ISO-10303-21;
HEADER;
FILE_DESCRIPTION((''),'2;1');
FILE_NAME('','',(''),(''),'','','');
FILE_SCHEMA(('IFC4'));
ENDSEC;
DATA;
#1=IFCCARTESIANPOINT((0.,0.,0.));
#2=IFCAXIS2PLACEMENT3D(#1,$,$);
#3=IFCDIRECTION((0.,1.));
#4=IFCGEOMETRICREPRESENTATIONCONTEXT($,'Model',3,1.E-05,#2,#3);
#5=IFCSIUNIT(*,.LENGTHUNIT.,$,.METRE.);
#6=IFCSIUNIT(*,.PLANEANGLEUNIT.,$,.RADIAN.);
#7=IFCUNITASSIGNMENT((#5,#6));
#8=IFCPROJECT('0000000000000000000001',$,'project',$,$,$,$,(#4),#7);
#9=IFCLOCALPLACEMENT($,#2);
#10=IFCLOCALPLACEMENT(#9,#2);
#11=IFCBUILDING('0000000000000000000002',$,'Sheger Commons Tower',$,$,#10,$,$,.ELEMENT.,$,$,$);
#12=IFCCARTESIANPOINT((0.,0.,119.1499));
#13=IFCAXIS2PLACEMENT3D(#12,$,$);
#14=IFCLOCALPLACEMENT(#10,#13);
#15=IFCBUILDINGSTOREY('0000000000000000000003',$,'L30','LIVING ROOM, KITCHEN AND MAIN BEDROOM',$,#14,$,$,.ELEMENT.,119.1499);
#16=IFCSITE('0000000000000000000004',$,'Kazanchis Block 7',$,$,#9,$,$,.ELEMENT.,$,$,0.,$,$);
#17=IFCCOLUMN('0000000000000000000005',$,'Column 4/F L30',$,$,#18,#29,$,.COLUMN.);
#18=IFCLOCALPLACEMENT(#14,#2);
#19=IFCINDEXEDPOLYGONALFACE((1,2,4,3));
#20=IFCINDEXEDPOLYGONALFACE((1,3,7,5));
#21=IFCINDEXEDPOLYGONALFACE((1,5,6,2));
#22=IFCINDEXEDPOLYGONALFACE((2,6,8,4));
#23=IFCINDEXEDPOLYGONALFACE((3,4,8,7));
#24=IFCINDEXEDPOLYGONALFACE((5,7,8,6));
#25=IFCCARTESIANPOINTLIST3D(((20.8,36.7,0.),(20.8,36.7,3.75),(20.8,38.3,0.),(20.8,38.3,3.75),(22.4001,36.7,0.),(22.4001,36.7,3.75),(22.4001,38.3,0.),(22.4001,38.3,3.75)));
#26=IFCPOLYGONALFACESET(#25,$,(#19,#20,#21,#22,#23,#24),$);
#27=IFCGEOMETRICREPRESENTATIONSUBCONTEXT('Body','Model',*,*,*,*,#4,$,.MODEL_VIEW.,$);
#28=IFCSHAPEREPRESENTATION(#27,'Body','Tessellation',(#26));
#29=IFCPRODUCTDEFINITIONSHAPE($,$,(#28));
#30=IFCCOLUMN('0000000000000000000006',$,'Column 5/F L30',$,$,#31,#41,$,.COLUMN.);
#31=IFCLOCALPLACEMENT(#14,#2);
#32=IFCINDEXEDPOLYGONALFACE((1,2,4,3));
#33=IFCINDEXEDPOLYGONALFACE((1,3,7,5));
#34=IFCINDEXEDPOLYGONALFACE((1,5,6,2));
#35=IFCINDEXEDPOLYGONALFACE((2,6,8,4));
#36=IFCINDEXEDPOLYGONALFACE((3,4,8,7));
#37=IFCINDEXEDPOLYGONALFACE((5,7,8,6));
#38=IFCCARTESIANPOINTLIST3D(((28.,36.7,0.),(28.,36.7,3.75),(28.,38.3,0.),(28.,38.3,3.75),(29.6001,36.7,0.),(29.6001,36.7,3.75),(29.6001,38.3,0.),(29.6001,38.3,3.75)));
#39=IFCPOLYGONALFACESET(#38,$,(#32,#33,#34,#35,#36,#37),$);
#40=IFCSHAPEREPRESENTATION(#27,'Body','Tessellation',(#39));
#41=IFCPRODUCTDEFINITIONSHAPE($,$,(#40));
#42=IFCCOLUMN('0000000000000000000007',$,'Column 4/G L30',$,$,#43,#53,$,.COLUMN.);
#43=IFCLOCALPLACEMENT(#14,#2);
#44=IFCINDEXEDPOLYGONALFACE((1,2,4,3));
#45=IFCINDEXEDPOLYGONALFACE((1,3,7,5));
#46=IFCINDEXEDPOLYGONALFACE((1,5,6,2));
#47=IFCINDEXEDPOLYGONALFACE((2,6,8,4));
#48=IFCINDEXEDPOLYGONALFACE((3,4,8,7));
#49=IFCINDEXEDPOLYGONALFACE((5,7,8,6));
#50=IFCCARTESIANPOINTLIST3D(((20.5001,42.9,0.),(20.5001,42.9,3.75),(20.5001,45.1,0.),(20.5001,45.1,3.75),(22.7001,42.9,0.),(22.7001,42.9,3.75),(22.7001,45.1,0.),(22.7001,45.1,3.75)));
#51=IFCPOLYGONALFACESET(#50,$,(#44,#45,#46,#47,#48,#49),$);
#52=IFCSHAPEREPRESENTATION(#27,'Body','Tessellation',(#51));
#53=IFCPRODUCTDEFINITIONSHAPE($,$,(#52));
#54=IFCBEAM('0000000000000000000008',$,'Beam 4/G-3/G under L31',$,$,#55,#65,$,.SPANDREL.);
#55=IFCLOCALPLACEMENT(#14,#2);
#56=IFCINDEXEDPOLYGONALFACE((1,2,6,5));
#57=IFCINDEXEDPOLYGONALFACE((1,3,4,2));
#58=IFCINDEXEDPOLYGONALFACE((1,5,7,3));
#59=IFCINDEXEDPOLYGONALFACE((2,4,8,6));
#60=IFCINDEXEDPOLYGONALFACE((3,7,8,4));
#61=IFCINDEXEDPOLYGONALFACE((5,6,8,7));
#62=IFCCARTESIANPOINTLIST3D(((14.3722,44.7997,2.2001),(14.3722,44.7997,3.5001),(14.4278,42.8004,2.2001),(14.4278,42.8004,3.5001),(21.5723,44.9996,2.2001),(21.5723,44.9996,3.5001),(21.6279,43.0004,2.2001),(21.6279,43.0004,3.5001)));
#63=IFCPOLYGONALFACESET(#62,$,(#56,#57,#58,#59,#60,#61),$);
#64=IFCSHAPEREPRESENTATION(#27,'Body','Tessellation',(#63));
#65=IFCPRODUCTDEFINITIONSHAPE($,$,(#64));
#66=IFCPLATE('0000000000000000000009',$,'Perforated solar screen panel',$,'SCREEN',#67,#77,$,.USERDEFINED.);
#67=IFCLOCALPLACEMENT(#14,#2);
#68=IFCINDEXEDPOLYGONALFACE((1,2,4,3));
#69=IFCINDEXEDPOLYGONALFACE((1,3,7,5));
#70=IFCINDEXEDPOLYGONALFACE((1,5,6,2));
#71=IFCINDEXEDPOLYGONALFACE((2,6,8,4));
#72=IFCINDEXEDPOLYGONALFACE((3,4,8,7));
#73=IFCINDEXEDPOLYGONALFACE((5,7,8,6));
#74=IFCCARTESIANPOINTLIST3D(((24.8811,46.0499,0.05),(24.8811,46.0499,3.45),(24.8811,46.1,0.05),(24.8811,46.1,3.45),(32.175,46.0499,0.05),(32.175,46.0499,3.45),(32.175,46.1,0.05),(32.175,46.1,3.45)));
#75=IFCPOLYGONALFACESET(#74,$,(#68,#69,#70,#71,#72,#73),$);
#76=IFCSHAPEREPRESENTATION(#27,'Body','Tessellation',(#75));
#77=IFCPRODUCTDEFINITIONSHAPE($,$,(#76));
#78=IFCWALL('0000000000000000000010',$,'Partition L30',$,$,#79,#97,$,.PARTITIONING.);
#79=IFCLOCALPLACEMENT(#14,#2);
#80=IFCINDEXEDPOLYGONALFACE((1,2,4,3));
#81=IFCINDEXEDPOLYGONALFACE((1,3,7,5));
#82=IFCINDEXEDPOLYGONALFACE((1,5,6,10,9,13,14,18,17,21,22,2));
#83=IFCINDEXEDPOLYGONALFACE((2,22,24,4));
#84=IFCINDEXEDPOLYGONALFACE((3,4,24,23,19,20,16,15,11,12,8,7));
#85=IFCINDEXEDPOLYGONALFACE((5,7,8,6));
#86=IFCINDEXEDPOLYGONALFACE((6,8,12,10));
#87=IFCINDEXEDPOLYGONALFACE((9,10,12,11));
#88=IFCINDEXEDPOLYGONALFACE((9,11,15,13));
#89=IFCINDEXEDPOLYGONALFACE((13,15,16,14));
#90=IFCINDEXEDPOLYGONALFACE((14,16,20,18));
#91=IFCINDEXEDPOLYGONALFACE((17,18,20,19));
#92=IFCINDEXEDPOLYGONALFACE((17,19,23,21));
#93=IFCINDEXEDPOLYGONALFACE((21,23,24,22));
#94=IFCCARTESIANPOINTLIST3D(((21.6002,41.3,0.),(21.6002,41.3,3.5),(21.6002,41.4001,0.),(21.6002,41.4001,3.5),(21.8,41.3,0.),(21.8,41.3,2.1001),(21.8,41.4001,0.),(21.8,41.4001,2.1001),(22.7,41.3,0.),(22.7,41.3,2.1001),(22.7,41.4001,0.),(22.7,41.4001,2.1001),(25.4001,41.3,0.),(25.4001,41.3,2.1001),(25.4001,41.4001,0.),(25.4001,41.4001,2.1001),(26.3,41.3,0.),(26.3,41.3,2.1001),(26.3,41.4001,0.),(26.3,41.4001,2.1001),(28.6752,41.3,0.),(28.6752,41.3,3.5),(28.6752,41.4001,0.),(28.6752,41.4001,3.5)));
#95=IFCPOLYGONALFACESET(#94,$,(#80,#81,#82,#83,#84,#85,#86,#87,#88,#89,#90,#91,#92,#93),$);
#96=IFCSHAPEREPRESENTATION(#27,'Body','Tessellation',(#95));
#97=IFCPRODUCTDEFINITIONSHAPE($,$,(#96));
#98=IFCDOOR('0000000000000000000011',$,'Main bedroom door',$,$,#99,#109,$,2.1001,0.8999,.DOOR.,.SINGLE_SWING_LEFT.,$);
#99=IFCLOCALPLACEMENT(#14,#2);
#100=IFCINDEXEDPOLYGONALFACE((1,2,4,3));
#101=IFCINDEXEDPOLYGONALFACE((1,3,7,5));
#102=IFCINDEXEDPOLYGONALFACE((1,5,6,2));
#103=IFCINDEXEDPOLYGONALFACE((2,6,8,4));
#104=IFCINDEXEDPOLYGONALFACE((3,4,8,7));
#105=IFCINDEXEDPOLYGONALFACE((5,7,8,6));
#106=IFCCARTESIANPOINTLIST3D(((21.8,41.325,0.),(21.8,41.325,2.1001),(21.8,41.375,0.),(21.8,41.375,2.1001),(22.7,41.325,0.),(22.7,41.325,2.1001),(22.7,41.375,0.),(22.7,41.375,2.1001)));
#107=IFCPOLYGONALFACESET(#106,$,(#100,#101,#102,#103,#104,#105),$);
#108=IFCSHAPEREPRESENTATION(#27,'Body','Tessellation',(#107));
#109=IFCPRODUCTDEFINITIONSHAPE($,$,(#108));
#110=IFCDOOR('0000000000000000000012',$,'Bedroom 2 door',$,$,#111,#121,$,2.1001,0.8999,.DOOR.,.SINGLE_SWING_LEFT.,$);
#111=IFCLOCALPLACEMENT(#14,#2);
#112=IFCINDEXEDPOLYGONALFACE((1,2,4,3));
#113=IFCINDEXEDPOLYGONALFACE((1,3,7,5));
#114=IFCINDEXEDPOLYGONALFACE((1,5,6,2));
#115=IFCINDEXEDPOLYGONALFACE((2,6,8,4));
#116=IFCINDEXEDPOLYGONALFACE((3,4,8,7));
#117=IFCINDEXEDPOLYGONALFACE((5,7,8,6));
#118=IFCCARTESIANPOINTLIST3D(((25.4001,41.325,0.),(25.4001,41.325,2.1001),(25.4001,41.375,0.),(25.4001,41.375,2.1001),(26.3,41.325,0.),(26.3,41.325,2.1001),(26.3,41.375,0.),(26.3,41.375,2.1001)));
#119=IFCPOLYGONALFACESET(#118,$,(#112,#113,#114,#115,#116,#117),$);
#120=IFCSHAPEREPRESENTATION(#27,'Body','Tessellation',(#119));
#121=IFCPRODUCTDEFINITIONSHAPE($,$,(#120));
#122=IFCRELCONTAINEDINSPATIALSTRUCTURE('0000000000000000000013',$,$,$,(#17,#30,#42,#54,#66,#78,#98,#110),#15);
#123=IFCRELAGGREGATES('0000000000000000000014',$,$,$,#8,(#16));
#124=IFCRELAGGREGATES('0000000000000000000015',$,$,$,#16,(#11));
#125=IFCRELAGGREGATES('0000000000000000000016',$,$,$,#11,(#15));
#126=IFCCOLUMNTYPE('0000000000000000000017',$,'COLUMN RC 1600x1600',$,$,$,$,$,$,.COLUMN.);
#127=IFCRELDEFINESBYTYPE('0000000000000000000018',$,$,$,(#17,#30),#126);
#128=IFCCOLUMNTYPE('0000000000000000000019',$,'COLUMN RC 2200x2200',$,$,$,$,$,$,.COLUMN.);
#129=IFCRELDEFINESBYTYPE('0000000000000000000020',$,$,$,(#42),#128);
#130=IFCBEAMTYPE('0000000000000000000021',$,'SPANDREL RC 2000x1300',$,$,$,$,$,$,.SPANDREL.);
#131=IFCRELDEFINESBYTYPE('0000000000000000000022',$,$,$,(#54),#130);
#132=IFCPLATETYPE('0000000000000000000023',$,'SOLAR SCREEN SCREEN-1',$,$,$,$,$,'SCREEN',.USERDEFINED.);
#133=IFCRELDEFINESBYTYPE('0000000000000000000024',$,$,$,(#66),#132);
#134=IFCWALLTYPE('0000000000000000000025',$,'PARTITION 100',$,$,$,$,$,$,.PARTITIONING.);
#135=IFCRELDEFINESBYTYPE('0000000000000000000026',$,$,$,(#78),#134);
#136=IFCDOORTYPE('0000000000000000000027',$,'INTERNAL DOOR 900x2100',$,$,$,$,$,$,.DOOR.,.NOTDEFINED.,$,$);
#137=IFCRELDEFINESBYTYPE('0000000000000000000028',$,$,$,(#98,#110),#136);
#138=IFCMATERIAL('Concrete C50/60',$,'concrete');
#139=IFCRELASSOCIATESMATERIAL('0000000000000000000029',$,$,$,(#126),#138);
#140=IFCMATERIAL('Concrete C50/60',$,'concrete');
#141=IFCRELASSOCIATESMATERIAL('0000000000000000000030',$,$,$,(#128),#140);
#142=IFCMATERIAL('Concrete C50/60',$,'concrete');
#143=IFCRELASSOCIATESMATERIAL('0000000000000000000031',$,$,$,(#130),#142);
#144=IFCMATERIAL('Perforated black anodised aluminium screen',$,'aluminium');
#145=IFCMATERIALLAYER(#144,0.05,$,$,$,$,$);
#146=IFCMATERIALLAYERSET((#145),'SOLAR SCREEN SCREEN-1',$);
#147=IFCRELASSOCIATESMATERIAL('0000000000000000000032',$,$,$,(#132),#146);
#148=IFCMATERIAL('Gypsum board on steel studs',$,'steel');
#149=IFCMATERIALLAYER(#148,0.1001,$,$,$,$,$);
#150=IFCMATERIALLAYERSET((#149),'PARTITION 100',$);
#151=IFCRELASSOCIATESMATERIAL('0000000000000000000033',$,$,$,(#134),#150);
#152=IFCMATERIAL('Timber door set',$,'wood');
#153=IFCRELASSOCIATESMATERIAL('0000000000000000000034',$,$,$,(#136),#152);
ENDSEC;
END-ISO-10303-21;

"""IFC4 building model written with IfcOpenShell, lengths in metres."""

from ifc_helpers import new_model, si_unit, direction, frame, frame_2d, origin, origin_2d, place, context, subcontext, project, spatial, rectangle, extrude, material, layer, layer_set, material_profile, profile_set, type_object, element, fill, save


model = new_model("IFC4")

# Units and contexts
model_context = context("Model", 3, precision=1e-05, world=origin(), true_north=direction((0.0, 1.0)))
body_context = subcontext(model_context, "Body", "Model", "MODEL_VIEW")
ifc_project = project(units=[si_unit("LENGTHUNIT", "METRE"), si_unit("PLANEANGLEUNIT", "RADIAN")], contexts=[model_context])

# Site, building, storey
site_placement = place(None, origin())
site = spatial("IfcSite", under=ifc_project, at=site_placement, Name="Kazanchis Block 7", CompositionType="ELEMENT", RefElevation=0.0)
building_placement = place(site_placement, origin())
building = spatial("IfcBuilding", under=site, at=building_placement, Name="Sheger Commons Tower", CompositionType="ELEMENT")
storey_placement = place(building_placement, frame((0.0, 0.0, 119.1499)))
storey = spatial("IfcBuildingStorey", under=building, at=storey_placement, Name="L30", Description="LIVING ROOM, KITCHEN AND MAIN BEDROOM", CompositionType="ELEMENT", Elevation=119.1499)

# Columns
ifc_material_1 = material(Name="Concrete C50/60", Category="concrete")
ifc_material_profile_1 = material_profile(ifc_material_1, rectangle(XDim=1.6001, YDim=1.6001, at=origin_2d()), Name="RC 1600x1600")
ifc_profile_set_1 = profile_set([ifc_material_profile_1], Name="Concrete C50/60")
column_type_1 = type_object("IfcColumnType", Name="COLUMN RC 1600x1600", PredefinedType="COLUMN", material=ifc_profile_set_1)
for number, where, z_axis, x_axis, name in (
    (1, (21.6001, 37.5, 0.0), (0.0, 0.0, 1.0), (1.0, 0.0, 0.0), "Column 4/F L30"),
    (2, (28.8, 37.5, 0.0), (0.0, 0.0, 1.0), (1.0, 0.0, 0.0), "Column 5/F L30"),
):
    element("IfcColumn", number, at=place(storey_placement, frame(where, z_axis=z_axis, x_axis=x_axis)), inside=storey, type_object=column_type_1, Name=name, PredefinedType="COLUMN", context=body_context, shape_type="SweptSolid", body=[
        extrude(rectangle(XDim=1.6001, YDim=1.6001, at=origin_2d()), origin(), (0.0, 0.0, 1.0), 3.75),
    ])
ifc_material_2 = material(Name="Concrete C50/60", Category="concrete")
ifc_material_profile_2 = material_profile(ifc_material_2, rectangle(XDim=2.2, YDim=2.2, at=origin_2d()), Name="RC 2200x2200")
ifc_profile_set_2 = profile_set([ifc_material_profile_2], Name="Concrete C50/60")
column_type_2 = type_object("IfcColumnType", Name="COLUMN RC 2200x2200", PredefinedType="COLUMN", material=ifc_profile_set_2)
column_placement = place(storey_placement, frame((21.6001, 44.0, 0.0), z_axis=(0.0, 0.0, 1.0), x_axis=(1.0, 0.0, 0.0)))
element("IfcColumn", 3, at=column_placement, inside=storey, type_object=column_type_2, Name="Column 4/G L30", PredefinedType="COLUMN", context=body_context, shape_type="SweptSolid", body=[
    extrude(rectangle(XDim=2.2, YDim=2.2, at=origin_2d()), origin(), (0.0, 0.0, 1.0), 3.75),
])

# Beam
ifc_material_3 = material(Name="Concrete C50/60", Category="concrete")
ifc_material_profile_3 = material_profile(ifc_material_3, rectangle(XDim=2.0, YDim=1.3, at=origin_2d()), Name="RC 2000x1300")
ifc_profile_set_3 = profile_set([ifc_material_profile_3], Name="Concrete C50/60")
beam_type = type_object("IfcBeamType", Name="SPANDREL RC 2000x1300", PredefinedType="SPANDREL", material=ifc_profile_set_3)
beam_placement = place(storey_placement, frame((21.6001, 44.0, 2.8501), z_axis=(-0.999615, -0.02776, 0.0), x_axis=(0.02776, -0.999615, 0.0)))
element("IfcBeam", 4, at=beam_placement, inside=storey, type_object=beam_type, Name="Beam 4/G-3/G under L31", PredefinedType="SPANDREL", context=body_context, shape_type="SweptSolid", body=[
    extrude(rectangle(XDim=2.0, YDim=1.3, at=origin_2d()), origin(), (0.0, 0.0, 1.0), 7.2029),
])

# Plate
ifc_material_4 = material(Name="Perforated black anodised aluminium screen", Category="aluminium")
ifc_layer_1 = layer(ifc_material_4, 0.05)
ifc_layer_set_1 = layer_set([ifc_layer_1], Name="SOLAR SCREEN SCREEN-1")
plate_type = type_object("IfcPlateType", Name="SOLAR SCREEN SCREEN-1", ElementType="SCREEN", PredefinedType="USERDEFINED", material=ifc_layer_set_1)
plate_placement = place(storey_placement, frame((28.5281, 46.075, 0.05), z_axis=(0.0, 0.0, 1.0), x_axis=(-1.0, 0.0, 0.0)))
element("IfcPlate", 5, at=plate_placement, inside=storey, type_object=plate_type, Name="Perforated solar screen panel", ObjectType="SCREEN", PredefinedType="USERDEFINED", context=body_context, shape_type="SweptSolid", body=[
    extrude(rectangle(XDim=7.2939, YDim=0.05, at=origin_2d()), origin(), (0.0, 0.0, 1.0), 3.3999),
])

# Wall, openings, doors
ifc_material_5 = material(Name="Gypsum board on steel studs", Category="steel")
ifc_layer_2 = layer(ifc_material_5, 0.1001)
ifc_layer_set_2 = layer_set([ifc_layer_2], Name="PARTITION 100")
wall_type = type_object("IfcWallType", Name="PARTITION 100", PredefinedType="PARTITIONING", material=ifc_layer_set_2)
wall_1_placement = place(storey_placement, frame((21.6001, 41.3501, 0.0), z_axis=(0.0, 0.0, 1.0), x_axis=(1.0, 0.0, 0.0)))
wall_1 = element("IfcWall", 6, at=wall_1_placement, inside=storey, type_object=wall_type, Name="Partition L30", PredefinedType="PARTITIONING", context=body_context, shape_type="SweptSolid", body=[
    extrude(rectangle(XDim=7.075, YDim=0.1001, at=frame_2d((3.5376, 0.0))), origin(), (0.0, 0.0, 1.0), 3.5),
])
opening_1_placement = place(wall_1_placement, frame((0.2, 0.0, 0.0)))
opening_1 = element("IfcOpeningElement", 7, at=opening_1_placement, cuts=wall_1, PredefinedType="OPENING", context=body_context, shape_type="SweptSolid", body=[
    extrude(rectangle(XDim=0.8999, YDim=2.1001, at=frame_2d((0.45, 1.05))), frame((0.0, 0.0601, 0.0), z_axis=(0.0, -1.0, 0.0), x_axis=(1.0, 0.0, 0.0)), (0.0, 0.0, 1.0), 0.1201),
])
opening_2_placement = place(wall_1_placement, frame((3.8, 0.0, 0.0)))
opening_2 = element("IfcOpeningElement", 8, at=opening_2_placement, cuts=wall_1, PredefinedType="OPENING", context=body_context, shape_type="SweptSolid", body=[
    extrude(rectangle(XDim=0.8999, YDim=2.1001, at=frame_2d((0.45, 1.05))), frame((0.0, 0.0601, 0.0), z_axis=(0.0, -1.0, 0.0), x_axis=(1.0, 0.0, 0.0)), (0.0, 0.0, 1.0), 0.1201),
])
ifc_material_6 = material(Name="Timber door set", Category="wood")
door_type = type_object("IfcDoorType", Name="INTERNAL DOOR 900x2100", OperationType="NOTDEFINED", PredefinedType="DOOR", material=ifc_material_6)
door_1_placement = place(opening_1_placement, origin())
door_1 = element("IfcDoor", 9, at=door_1_placement, inside=storey, type_object=door_type, Name="Main bedroom door", OperationType="SINGLE_SWING_LEFT", OverallHeight=2.1001, OverallWidth=0.8999, PredefinedType="DOOR", context=body_context, shape_type="SweptSolid", body=[
    extrude(rectangle(XDim=0.8999, YDim=2.1001, at=frame_2d((0.45, 1.05))), frame((0.0, 0.0249, 0.0), z_axis=(0.0, -1.0, 0.0), x_axis=(1.0, 0.0, 0.0)), (0.0, 0.0, 1.0), 0.05),
])
fill(opening_1, door_1)
door_2_placement = place(opening_2_placement, origin())
door_2 = element("IfcDoor", 10, at=door_2_placement, inside=storey, type_object=door_type, Name="Bedroom 2 door", OperationType="SINGLE_SWING_LEFT", OverallHeight=2.1001, OverallWidth=0.8999, PredefinedType="DOOR", context=body_context, shape_type="SweptSolid", body=[
    extrude(rectangle(XDim=0.8999, YDim=2.1001, at=frame_2d((0.45, 1.05))), frame((0.0, 0.0249, 0.0), z_axis=(0.0, -1.0, 0.0), x_axis=(1.0, 0.0, 0.0)), (0.0, 0.0, 1.0), 0.05),
])
fill(opening_2, door_2)

save(model, "model.ifc")
